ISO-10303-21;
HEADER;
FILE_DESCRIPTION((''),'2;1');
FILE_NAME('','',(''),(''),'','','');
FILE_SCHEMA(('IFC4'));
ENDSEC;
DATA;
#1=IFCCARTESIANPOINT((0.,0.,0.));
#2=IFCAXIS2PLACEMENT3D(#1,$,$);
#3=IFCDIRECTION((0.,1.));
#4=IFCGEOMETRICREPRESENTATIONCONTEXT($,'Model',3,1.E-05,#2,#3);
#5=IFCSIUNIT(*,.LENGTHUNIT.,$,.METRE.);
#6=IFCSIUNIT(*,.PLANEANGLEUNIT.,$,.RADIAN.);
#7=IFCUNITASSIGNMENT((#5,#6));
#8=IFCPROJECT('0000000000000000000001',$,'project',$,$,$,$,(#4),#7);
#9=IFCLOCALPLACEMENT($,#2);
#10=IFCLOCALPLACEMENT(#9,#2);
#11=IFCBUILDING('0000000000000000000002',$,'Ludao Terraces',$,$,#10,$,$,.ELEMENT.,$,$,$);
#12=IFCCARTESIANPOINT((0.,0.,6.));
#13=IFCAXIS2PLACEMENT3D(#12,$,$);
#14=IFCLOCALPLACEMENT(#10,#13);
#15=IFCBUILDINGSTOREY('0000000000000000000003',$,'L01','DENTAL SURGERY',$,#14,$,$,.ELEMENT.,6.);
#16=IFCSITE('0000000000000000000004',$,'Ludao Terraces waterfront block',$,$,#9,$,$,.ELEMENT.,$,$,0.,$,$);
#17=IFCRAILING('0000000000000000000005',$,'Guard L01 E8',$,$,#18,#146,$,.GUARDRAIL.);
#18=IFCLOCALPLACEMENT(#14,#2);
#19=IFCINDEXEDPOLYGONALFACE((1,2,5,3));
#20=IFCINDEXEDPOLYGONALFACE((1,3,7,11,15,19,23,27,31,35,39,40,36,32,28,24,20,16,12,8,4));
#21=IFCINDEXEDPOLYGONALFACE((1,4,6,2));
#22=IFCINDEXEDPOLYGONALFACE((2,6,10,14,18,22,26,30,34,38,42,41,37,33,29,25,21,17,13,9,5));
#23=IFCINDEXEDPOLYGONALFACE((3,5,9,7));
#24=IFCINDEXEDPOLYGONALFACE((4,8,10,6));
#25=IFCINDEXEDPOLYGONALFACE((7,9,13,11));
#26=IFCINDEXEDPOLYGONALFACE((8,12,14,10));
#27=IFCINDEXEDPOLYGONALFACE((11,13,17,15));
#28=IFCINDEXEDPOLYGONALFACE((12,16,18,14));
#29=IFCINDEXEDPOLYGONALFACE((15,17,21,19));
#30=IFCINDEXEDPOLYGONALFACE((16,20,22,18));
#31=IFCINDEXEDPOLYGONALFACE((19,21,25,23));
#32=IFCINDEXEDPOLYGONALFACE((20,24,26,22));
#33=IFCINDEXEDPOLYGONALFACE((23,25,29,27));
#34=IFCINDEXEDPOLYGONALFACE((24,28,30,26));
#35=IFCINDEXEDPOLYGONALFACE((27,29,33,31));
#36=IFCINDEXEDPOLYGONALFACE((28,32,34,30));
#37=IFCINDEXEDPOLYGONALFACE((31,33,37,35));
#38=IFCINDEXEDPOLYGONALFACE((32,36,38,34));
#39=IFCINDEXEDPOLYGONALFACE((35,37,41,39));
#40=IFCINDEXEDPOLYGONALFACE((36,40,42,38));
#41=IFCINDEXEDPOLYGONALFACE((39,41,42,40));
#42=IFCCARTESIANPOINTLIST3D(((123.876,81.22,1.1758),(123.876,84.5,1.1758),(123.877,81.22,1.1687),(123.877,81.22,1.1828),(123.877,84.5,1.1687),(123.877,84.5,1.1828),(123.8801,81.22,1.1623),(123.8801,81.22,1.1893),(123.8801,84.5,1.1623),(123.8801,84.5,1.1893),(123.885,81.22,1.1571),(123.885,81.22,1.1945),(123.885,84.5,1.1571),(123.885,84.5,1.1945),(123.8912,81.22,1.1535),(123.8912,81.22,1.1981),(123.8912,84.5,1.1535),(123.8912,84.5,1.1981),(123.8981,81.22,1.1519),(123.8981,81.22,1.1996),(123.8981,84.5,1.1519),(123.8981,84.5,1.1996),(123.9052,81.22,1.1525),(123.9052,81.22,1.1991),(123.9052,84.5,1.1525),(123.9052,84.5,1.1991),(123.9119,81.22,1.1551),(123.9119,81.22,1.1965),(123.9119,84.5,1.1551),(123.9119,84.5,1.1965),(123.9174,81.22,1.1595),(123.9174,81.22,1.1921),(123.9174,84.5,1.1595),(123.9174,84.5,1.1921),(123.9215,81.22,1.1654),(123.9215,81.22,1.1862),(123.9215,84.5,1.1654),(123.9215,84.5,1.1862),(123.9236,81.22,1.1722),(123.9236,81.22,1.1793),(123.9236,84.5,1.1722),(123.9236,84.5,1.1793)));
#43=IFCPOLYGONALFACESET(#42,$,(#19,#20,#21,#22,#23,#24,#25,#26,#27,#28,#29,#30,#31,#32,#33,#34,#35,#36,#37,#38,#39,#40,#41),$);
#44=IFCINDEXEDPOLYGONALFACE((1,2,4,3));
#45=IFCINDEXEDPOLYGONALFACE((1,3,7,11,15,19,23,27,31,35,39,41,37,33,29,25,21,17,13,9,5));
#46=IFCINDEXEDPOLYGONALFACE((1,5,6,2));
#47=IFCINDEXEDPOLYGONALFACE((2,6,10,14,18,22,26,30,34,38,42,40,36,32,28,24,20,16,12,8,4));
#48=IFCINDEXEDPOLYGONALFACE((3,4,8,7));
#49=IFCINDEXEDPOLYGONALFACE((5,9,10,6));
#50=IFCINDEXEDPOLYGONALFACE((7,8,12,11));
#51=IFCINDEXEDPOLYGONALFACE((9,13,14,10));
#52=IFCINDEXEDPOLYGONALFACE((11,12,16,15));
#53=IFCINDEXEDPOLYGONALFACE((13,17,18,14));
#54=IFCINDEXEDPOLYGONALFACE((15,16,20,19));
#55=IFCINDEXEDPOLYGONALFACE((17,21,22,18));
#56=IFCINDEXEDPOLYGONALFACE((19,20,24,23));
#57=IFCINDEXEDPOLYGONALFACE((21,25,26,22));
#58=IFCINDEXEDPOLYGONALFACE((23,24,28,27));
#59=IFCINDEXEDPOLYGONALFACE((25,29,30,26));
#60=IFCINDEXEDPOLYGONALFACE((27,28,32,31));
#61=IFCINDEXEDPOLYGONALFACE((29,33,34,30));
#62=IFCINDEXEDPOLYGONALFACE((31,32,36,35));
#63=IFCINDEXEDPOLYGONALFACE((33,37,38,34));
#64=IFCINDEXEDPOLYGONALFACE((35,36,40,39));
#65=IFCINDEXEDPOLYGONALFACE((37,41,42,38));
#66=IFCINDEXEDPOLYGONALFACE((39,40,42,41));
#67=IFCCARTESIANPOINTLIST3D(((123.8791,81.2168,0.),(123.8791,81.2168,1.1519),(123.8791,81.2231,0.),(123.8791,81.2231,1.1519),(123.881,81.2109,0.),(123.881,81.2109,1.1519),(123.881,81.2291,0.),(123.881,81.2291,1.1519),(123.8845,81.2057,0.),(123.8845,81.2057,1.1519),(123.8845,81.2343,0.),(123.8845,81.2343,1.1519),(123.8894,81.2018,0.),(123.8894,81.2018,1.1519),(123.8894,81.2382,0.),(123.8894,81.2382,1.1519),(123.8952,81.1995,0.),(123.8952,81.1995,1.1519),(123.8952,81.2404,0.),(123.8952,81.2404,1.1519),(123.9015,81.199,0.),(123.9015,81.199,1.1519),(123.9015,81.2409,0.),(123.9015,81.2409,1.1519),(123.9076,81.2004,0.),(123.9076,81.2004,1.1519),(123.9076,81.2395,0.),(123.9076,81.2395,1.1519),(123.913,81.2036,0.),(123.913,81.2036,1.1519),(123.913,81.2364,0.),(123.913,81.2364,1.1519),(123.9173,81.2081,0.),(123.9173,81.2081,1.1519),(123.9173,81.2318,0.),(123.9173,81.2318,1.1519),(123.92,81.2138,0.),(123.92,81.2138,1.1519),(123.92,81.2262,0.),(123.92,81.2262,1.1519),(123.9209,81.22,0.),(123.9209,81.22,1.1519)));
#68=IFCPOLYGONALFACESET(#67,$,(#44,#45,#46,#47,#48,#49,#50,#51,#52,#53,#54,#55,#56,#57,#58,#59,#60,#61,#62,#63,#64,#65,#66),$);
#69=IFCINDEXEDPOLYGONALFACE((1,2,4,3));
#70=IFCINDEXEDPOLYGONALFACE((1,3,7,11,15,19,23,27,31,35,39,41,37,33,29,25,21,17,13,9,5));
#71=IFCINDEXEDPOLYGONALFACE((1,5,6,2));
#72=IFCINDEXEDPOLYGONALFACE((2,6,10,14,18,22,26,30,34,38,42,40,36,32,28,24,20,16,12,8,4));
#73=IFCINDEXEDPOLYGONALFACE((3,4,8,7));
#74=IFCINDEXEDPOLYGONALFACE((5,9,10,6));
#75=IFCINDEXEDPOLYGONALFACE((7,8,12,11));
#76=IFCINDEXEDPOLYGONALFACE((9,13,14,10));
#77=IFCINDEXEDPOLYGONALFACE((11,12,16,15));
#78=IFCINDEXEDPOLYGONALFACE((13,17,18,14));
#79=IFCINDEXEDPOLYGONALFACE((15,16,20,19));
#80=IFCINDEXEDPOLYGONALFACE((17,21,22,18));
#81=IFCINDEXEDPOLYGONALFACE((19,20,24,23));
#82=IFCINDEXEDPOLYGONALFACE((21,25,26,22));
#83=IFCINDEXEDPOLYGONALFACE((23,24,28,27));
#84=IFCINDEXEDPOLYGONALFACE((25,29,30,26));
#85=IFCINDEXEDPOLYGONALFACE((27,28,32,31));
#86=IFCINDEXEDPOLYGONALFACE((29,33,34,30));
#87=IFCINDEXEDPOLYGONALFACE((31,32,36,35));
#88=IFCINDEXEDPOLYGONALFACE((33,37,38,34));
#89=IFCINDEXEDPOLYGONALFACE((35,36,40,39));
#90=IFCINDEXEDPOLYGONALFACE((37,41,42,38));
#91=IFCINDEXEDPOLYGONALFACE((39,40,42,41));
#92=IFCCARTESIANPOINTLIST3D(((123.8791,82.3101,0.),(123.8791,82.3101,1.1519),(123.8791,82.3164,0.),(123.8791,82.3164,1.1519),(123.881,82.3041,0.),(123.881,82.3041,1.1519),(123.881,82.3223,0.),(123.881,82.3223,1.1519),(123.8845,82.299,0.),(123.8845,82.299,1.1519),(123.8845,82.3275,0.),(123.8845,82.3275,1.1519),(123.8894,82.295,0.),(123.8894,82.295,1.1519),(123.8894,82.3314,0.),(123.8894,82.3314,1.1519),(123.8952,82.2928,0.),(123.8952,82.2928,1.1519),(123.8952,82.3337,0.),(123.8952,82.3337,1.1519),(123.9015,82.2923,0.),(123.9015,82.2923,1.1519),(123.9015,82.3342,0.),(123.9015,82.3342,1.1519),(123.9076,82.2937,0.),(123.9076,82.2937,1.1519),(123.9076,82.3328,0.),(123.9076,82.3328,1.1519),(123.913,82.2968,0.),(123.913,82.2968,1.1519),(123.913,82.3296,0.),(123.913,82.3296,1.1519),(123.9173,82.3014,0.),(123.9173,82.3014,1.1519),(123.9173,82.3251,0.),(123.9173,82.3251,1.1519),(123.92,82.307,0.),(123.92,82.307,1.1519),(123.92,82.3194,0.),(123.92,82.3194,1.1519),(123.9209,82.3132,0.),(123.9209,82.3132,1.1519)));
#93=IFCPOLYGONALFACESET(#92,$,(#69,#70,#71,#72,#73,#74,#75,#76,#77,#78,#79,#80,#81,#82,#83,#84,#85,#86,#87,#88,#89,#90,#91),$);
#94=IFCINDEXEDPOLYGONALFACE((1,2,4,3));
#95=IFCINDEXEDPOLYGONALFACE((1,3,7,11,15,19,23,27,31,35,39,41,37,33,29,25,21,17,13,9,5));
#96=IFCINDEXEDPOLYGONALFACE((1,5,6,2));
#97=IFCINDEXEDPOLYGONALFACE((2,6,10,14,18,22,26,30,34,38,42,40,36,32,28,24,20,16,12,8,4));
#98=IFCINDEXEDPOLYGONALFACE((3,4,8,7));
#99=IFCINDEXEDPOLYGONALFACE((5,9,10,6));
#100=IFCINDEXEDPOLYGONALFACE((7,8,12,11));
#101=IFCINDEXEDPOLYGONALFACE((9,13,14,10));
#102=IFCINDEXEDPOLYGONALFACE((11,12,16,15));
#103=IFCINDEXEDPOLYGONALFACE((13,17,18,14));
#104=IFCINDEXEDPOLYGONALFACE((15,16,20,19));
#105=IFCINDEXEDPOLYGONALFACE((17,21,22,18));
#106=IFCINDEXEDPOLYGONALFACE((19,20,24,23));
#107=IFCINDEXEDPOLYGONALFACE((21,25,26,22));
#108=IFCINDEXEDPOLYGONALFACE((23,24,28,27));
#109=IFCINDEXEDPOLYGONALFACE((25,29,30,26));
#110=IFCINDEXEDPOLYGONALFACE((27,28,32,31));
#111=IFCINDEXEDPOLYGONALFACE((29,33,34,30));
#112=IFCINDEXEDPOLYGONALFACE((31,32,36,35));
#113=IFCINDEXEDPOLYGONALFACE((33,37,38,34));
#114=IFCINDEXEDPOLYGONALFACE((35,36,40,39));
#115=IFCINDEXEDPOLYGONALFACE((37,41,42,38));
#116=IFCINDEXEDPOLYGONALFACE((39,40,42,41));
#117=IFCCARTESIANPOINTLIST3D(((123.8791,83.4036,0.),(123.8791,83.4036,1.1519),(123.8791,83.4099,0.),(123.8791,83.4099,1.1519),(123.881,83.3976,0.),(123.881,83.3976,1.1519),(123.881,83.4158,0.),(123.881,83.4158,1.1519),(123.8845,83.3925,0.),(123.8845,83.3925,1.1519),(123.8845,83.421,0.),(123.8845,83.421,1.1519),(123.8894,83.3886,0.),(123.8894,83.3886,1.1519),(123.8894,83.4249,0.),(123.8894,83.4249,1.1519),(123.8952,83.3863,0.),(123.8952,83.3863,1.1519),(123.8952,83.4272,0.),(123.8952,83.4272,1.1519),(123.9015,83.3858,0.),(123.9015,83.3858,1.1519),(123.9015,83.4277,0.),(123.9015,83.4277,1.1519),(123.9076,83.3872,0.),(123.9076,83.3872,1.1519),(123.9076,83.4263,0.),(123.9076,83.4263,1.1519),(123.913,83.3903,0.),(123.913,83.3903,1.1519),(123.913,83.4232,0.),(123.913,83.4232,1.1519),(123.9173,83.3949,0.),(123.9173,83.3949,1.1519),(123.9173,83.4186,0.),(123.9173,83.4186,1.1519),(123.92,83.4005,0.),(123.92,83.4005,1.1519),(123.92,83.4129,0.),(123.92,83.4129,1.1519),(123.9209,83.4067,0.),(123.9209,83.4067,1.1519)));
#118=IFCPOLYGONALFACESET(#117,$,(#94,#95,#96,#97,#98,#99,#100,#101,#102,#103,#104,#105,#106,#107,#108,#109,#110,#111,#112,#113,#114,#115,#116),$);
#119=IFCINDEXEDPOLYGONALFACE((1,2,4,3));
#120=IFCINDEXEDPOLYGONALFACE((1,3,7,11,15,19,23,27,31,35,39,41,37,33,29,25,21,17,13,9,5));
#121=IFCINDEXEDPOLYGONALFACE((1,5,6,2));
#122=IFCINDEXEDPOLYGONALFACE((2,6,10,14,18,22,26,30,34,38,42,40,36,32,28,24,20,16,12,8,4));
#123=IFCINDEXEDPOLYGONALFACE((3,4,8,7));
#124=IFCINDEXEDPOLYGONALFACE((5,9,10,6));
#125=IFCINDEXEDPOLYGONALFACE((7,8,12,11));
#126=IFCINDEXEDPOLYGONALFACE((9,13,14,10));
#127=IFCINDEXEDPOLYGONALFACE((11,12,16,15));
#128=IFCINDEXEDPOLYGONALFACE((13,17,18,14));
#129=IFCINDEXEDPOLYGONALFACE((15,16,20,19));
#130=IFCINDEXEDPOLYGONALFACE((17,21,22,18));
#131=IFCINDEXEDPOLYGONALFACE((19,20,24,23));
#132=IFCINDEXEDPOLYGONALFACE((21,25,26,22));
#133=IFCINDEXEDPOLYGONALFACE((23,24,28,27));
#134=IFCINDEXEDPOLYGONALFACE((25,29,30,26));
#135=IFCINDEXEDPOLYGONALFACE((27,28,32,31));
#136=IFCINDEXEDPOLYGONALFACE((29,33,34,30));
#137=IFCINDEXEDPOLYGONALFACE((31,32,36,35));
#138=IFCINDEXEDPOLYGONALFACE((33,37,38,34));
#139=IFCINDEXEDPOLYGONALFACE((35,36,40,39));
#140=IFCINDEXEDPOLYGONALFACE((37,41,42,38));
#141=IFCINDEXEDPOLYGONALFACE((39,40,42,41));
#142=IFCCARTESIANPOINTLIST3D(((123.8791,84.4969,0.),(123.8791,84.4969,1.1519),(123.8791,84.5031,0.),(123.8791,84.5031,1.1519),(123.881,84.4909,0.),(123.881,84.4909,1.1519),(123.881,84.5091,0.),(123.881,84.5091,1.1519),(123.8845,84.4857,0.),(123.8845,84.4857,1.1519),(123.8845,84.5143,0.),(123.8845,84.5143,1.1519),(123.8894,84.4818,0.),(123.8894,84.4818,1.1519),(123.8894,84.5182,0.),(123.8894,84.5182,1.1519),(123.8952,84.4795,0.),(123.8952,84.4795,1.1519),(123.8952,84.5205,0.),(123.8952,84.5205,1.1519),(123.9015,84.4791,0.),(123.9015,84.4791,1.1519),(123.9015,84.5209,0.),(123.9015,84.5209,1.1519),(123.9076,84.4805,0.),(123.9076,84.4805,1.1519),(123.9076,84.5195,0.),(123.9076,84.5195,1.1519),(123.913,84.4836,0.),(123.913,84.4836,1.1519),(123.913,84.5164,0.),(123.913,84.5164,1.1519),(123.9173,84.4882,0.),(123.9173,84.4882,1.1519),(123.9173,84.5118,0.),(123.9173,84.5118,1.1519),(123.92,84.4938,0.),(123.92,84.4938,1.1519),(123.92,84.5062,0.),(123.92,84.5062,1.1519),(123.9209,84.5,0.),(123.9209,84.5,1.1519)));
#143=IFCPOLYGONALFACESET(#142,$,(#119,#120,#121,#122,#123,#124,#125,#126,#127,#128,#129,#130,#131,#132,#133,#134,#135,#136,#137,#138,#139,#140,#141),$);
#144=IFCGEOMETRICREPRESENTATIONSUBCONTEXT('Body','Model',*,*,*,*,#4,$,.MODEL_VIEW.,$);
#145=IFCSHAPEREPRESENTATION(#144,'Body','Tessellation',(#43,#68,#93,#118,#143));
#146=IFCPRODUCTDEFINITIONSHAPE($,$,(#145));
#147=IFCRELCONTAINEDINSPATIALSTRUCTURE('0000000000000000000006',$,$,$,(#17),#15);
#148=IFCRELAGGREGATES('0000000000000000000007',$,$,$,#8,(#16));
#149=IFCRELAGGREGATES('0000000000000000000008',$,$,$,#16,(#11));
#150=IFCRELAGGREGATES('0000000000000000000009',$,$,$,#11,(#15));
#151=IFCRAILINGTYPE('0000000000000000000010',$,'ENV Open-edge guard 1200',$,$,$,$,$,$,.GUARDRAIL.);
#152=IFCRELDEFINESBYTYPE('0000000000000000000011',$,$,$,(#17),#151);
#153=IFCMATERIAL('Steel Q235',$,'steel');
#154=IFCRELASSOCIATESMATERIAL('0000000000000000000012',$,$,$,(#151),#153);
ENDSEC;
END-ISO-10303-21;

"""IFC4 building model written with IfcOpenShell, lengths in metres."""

from ifc_helpers import new_model, si_unit, direction, frame, origin, origin_2d, place, context, subcontext, project, spatial, circle, extrude, material, type_object, element, save


model = new_model("IFC4")

# Units and contexts
model_context = context("Model", 3, precision=1e-05, world=origin(), true_north=direction((0.0, 1.0)))
body_context = subcontext(model_context, "Body", "Model", "MODEL_VIEW")
ifc_project = project(units=[si_unit("LENGTHUNIT", "METRE"), si_unit("PLANEANGLEUNIT", "RADIAN")], contexts=[model_context])

# Site, building, storey
site_placement = place(None, origin())
site = spatial("IfcSite", under=ifc_project, at=site_placement, Name="Ludao Terraces waterfront block", CompositionType="ELEMENT", RefElevation=0.0)
building_placement = place(site_placement, origin())
building = spatial("IfcBuilding", under=site, at=building_placement, Name="Ludao Terraces", CompositionType="ELEMENT")
storey_placement = place(building_placement, frame((0.0, 0.0, 6.0)))
storey = spatial("IfcBuildingStorey", under=building, at=storey_placement, Name="L01", Description="DENTAL SURGERY", CompositionType="ELEMENT", Elevation=6.0)

# Railing
ifc_material_1 = material(Name="Steel Q235", Category="steel")
railing_type = type_object("IfcRailingType", Name="ENV Open-edge guard 1200", PredefinedType="GUARDRAIL", material=ifc_material_1)
railing_placement = place(storey_placement, frame((123.8999, 81.22, 0.0)))
element("IfcRailing", 1, at=railing_placement, inside=storey, type_object=railing_type, Name="Guard L01 E8", PredefinedType="GUARDRAIL", context=body_context, shape_type="SweptSolid", body=[
    extrude(circle(Radius=0.0239, at=origin_2d()), frame((0.0, 0.0, 1.1758), z_axis=(0.0, 1.0, 0.0), x_axis=(-1.0, 0.0, 0.0)), (0.0, 0.0, 1.0), 3.28),
    extrude(circle(Radius=0.021, at=origin_2d()), origin(), (0.0, 0.0, 1.0), 1.1519),
    extrude(circle(Radius=0.021, at=origin_2d()), frame((0.0, 1.0933, 0.0)), (0.0, 0.0, 1.0), 1.1519),
    extrude(circle(Radius=0.021, at=origin_2d()), frame((0.0, 2.1868, 0.0)), (0.0, 0.0, 1.0), 1.1519),
    extrude(circle(Radius=0.021, at=origin_2d()), frame((0.0, 3.28, 0.0)), (0.0, 0.0, 1.0), 1.1519),
])

save(model, "model.ifc")
